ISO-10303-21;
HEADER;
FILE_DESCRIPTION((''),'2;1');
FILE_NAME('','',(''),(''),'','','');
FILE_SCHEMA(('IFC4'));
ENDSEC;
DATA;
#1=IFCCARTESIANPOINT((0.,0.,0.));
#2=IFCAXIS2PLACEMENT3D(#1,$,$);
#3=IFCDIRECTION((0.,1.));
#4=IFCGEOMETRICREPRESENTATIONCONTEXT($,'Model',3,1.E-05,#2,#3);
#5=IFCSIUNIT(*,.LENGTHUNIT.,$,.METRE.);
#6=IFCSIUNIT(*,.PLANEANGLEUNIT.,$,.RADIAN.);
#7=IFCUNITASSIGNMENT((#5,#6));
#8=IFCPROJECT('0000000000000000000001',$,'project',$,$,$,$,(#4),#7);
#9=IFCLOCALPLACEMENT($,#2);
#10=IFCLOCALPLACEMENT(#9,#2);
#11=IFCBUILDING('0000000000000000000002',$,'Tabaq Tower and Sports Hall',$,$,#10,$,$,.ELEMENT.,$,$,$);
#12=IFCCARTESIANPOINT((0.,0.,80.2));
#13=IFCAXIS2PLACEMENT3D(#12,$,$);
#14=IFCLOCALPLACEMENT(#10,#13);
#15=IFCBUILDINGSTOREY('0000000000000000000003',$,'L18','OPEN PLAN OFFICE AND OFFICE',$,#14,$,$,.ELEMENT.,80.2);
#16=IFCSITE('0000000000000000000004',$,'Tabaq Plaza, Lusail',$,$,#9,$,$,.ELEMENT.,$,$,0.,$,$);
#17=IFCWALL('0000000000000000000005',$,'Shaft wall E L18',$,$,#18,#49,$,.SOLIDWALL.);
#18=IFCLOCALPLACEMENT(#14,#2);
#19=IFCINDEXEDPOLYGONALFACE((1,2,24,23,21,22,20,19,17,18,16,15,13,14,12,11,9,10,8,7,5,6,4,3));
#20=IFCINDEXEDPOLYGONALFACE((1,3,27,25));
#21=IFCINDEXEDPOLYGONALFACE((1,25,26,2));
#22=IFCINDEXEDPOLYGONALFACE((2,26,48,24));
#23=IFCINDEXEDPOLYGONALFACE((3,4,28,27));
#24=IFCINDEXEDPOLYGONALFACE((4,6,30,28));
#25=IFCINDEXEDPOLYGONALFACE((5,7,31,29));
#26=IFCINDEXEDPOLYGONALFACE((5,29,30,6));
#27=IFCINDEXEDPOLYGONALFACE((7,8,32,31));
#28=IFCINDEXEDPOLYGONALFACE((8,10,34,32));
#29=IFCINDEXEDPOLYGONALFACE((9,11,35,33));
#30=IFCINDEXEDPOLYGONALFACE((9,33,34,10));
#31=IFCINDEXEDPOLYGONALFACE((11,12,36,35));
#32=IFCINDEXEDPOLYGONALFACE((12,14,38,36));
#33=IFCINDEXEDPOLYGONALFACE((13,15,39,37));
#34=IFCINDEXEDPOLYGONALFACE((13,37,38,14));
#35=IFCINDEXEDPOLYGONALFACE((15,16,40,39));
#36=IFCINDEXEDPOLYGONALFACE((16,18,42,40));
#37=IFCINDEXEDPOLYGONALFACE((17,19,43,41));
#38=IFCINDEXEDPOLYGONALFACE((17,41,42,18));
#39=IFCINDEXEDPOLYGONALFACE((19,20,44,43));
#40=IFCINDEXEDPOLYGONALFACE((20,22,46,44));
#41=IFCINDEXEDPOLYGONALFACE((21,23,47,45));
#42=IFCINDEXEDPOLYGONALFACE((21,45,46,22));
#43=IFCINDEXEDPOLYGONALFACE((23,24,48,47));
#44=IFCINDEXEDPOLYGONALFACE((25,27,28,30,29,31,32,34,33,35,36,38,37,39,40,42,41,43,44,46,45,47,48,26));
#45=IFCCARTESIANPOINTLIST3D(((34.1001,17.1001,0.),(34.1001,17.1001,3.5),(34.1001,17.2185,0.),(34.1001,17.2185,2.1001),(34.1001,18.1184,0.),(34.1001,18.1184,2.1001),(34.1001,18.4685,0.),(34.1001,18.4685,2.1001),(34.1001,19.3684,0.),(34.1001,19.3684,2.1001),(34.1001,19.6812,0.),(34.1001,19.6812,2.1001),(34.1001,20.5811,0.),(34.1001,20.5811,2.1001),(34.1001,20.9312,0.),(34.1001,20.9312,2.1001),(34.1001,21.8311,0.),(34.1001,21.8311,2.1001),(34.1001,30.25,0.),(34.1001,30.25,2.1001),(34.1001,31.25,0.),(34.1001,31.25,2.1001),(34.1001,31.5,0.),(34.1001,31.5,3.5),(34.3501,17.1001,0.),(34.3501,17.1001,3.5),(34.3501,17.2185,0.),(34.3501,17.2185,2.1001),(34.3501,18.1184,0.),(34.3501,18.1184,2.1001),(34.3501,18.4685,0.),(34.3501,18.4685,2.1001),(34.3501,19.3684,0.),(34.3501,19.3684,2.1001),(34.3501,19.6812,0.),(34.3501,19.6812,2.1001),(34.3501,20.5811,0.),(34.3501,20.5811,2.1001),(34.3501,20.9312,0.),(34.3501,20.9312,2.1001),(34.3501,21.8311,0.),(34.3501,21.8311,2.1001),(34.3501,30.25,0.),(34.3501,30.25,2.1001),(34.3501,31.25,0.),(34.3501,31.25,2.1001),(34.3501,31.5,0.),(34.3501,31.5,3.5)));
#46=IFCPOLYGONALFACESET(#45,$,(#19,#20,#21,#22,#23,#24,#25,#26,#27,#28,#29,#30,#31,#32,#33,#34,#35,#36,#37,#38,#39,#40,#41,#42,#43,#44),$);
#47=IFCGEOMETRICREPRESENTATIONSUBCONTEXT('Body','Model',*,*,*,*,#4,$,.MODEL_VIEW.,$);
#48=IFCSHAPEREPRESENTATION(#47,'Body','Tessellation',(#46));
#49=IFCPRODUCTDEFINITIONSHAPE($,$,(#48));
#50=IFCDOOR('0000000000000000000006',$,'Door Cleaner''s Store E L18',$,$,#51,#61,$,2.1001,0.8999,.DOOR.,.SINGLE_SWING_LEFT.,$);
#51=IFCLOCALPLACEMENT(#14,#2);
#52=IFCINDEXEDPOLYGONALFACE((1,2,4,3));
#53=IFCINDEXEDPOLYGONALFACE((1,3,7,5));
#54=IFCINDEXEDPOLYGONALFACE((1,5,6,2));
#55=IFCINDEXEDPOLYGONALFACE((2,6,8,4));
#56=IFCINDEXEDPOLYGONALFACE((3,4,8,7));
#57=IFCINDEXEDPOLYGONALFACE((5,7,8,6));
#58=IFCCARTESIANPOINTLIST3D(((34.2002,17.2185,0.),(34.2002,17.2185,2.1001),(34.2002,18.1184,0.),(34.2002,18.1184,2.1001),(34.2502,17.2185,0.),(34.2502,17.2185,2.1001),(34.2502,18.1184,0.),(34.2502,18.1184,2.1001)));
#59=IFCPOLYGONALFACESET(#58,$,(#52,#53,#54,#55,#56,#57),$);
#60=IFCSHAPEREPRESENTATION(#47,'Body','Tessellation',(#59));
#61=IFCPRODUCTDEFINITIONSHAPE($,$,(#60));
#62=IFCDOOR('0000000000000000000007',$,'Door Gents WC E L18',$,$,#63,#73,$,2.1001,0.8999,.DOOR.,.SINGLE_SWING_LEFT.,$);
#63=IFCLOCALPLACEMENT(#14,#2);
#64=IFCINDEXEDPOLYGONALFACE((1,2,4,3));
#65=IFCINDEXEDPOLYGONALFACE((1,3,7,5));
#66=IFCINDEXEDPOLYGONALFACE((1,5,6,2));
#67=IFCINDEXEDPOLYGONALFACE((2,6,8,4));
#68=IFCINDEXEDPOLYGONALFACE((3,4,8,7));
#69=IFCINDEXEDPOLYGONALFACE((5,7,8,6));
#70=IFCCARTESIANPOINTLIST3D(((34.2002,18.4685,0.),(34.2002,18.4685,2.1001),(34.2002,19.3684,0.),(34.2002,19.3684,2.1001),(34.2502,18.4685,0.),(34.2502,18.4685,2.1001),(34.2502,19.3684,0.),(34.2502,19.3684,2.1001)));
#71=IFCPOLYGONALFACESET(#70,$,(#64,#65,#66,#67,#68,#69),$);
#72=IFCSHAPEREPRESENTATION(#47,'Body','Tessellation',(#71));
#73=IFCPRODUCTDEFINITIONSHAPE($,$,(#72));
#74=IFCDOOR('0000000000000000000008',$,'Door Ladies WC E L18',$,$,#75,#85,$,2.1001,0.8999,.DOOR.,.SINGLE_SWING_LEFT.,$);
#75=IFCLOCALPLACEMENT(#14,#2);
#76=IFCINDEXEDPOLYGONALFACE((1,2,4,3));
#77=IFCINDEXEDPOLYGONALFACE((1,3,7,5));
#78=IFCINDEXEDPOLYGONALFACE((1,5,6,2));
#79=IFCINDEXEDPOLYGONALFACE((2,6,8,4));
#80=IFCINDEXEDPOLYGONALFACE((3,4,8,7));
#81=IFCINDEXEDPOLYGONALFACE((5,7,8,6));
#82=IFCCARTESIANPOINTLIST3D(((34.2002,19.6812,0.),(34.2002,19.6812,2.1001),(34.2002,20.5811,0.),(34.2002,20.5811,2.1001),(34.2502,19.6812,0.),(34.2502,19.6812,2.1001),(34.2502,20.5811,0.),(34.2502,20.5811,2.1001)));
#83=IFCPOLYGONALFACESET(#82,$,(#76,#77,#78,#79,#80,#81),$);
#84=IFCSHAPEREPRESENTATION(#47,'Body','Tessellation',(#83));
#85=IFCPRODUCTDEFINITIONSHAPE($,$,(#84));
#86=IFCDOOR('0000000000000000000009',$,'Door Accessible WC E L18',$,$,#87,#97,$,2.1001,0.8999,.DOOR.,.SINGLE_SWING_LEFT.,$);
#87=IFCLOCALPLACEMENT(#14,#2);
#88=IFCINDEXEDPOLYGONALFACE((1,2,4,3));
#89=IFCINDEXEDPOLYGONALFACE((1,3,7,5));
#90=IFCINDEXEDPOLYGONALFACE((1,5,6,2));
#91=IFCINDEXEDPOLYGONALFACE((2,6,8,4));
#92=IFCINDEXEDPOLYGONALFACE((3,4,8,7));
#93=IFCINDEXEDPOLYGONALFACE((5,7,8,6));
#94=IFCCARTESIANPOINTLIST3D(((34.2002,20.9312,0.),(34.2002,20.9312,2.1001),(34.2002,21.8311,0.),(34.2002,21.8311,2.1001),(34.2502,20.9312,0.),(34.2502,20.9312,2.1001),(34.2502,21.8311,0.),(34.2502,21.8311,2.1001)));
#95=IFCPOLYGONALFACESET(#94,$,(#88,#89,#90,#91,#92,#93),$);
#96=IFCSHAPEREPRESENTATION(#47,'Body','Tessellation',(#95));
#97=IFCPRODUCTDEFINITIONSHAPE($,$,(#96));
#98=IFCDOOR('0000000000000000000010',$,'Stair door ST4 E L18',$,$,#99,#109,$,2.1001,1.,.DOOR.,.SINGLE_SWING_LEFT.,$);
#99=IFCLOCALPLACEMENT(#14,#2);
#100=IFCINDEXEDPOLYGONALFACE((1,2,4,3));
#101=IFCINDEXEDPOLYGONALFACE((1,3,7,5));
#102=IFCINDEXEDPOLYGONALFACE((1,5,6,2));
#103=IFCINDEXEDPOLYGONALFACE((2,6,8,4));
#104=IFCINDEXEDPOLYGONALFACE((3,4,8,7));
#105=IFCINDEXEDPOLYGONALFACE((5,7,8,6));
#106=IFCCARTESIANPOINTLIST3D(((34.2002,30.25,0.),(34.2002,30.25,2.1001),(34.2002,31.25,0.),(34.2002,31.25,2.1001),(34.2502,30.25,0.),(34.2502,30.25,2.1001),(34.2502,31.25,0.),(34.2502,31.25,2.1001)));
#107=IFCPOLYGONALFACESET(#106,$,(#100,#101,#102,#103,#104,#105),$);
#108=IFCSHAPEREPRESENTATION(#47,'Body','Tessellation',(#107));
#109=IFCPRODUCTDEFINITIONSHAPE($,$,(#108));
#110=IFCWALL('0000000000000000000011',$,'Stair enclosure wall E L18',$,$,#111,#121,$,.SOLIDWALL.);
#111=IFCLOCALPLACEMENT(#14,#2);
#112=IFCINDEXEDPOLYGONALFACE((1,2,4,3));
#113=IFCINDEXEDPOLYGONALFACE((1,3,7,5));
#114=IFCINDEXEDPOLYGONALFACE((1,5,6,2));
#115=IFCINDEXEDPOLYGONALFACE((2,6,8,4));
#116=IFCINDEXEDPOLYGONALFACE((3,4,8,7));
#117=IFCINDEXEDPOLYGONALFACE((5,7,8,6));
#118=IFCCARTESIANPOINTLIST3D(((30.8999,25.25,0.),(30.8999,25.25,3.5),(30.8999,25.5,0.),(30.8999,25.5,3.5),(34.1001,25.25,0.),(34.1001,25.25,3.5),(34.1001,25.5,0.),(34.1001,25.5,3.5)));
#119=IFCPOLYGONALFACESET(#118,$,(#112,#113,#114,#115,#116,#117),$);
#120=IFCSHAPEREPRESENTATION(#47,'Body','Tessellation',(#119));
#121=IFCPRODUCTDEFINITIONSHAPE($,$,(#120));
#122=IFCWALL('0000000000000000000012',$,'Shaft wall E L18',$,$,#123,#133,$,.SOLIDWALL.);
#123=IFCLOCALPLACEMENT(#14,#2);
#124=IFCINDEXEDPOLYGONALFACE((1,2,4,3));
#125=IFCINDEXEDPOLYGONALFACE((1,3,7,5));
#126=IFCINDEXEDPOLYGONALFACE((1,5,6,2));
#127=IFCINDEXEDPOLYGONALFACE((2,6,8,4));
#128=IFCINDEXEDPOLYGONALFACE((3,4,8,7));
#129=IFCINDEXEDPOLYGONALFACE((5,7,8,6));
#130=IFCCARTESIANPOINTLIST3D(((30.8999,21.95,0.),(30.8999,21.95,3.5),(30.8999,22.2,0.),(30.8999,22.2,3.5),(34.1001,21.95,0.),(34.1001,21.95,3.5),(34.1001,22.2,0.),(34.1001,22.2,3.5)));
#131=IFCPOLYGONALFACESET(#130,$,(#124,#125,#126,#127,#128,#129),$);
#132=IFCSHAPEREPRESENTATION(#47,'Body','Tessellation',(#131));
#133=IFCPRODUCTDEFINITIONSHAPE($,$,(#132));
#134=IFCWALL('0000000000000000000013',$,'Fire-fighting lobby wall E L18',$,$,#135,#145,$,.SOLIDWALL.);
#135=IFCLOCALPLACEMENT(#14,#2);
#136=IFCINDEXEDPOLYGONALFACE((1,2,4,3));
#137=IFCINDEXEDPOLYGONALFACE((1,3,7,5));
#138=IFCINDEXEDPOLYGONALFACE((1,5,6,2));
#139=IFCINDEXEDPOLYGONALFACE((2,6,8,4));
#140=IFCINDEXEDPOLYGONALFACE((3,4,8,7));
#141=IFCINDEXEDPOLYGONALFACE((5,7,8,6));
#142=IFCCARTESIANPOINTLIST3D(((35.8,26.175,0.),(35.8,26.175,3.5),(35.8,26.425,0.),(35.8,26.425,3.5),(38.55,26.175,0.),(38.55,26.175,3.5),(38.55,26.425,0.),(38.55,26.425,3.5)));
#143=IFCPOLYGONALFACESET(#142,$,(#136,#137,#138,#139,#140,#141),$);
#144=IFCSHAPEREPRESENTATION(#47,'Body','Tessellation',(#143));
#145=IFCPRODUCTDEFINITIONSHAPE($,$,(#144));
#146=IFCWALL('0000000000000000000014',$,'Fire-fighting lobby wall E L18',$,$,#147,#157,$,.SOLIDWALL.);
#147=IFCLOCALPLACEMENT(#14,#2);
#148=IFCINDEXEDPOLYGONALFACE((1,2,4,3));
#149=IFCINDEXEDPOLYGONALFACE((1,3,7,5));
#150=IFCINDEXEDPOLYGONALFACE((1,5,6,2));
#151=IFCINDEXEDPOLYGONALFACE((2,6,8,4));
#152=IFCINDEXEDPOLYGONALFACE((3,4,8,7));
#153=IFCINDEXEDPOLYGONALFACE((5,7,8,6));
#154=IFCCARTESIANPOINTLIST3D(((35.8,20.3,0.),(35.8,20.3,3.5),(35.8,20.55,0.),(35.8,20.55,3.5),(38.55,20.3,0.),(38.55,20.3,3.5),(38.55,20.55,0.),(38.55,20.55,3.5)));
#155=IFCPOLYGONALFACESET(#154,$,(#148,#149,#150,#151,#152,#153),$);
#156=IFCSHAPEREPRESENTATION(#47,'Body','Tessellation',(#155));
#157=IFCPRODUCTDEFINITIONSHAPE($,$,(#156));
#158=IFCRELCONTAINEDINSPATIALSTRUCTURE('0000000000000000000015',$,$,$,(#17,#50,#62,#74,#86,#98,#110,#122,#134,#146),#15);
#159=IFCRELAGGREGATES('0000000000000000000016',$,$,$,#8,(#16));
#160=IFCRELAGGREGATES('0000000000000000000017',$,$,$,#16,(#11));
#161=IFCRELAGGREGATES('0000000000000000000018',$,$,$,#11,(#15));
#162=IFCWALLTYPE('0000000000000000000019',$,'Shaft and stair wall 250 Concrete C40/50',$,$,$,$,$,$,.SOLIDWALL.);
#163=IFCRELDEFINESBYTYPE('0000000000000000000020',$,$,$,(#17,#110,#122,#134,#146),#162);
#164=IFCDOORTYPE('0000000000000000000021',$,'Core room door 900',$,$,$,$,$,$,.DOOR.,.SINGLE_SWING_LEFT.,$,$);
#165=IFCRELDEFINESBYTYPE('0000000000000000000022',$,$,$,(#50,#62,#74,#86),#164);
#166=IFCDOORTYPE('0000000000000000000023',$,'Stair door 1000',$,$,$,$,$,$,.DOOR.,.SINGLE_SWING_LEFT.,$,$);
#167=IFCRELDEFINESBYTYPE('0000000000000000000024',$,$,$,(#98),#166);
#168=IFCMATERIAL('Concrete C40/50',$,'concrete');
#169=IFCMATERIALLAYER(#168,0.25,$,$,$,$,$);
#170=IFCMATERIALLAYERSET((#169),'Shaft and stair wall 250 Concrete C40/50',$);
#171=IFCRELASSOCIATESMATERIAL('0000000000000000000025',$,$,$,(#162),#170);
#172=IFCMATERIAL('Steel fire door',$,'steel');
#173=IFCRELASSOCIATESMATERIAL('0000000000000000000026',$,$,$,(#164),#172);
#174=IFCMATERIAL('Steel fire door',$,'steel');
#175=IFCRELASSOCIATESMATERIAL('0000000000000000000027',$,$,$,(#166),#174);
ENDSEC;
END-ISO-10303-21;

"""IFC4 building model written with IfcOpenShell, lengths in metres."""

from ifc_helpers import new_model, si_unit, direction, frame, frame_2d, origin, place, context, subcontext, project, spatial, rectangle, extrude, material, layer, layer_set, type_object, element, fill, save


model = new_model("IFC4")

# Units and contexts
model_context = context("Model", 3, precision=1e-05, world=origin(), true_north=direction((0.0, 1.0)))
body_context = subcontext(model_context, "Body", "Model", "MODEL_VIEW")
ifc_project = project(units=[si_unit("LENGTHUNIT", "METRE"), si_unit("PLANEANGLEUNIT", "RADIAN")], contexts=[model_context])

# Site, building, storey
site_placement = place(None, origin())
site = spatial("IfcSite", under=ifc_project, at=site_placement, Name="Tabaq Plaza, Lusail", CompositionType="ELEMENT", RefElevation=0.0)
building_placement = place(site_placement, origin())
building = spatial("IfcBuilding", under=site, at=building_placement, Name="Tabaq Tower and Sports Hall", CompositionType="ELEMENT")
storey_placement = place(building_placement, frame((0.0, 0.0, 80.2)))
storey = spatial("IfcBuildingStorey", under=building, at=storey_placement, Name="L18", Description="OPEN PLAN OFFICE AND OFFICE", CompositionType="ELEMENT", Elevation=80.2)

# Wall, openings, doors
ifc_material_1 = material(Name="Concrete C40/50", Category="concrete")
ifc_layer_1 = layer(ifc_material_1, 0.25)
ifc_layer_set_1 = layer_set([ifc_layer_1], Name="Shaft and stair wall 250 Concrete C40/50")
wall_type_1 = type_object("IfcWallType", Name="Shaft and stair wall 250 Concrete C40/50", PredefinedType="SOLIDWALL", material=ifc_layer_set_1)
wall_1_placement = place(storey_placement, frame((34.2251, 17.1001, 0.0), z_axis=(0.0, 0.0, 1.0), x_axis=(0.0, 1.0, 0.0)))
wall_1 = element("IfcWall", 1, at=wall_1_placement, inside=storey, type_object=wall_type_1, Name="Shaft wall E L18", PredefinedType="SOLIDWALL", context=body_context, shape_type="SweptSolid", body=[
    extrude(rectangle(XDim=14.3999, YDim=0.25, at=frame_2d((7.2, 0.0))), origin(), (0.0, 0.0, 1.0), 3.5),
])
opening_1_placement = place(wall_1_placement, frame((13.1499, 0.0, 0.0)))
opening_1 = element("IfcOpeningElement", 2, at=opening_1_placement, cuts=wall_1, PredefinedType="OPENING", context=body_context, shape_type="SweptSolid", body=[
    extrude(rectangle(XDim=1.0, YDim=2.1001, at=frame_2d((0.5, 1.05))), frame((0.0, 0.125, 0.0), z_axis=(0.0, -1.0, 0.0), x_axis=(1.0, 0.0, 0.0)), (0.0, 0.0, 1.0), 0.25),
])
opening_2_placement = place(wall_1_placement, frame((0.1184, 0.0, 0.0)))
opening_2 = element("IfcOpeningElement", 3, at=opening_2_placement, cuts=wall_1, PredefinedType="OPENING", context=body_context, shape_type="SweptSolid", body=[
    extrude(rectangle(XDim=0.8999, YDim=2.1001, at=frame_2d((0.45, 1.05))), frame((0.0, 0.125, 0.0), z_axis=(0.0, -1.0, 0.0), x_axis=(1.0, 0.0, 0.0)), (0.0, 0.0, 1.0), 0.25),
])
opening_3_placement = place(wall_1_placement, frame((1.3684, 0.0, 0.0)))
opening_3 = element("IfcOpeningElement", 4, at=opening_3_placement, cuts=wall_1, PredefinedType="OPENING", context=body_context, shape_type="SweptSolid", body=[
    extrude(rectangle(XDim=0.8999, YDim=2.1001, at=frame_2d((0.45, 1.05))), frame((0.0, 0.125, 0.0), z_axis=(0.0, -1.0, 0.0), x_axis=(1.0, 0.0, 0.0)), (0.0, 0.0, 1.0), 0.25),
])
opening_4_placement = place(wall_1_placement, frame((2.5811, 0.0, 0.0)))
opening_4 = element("IfcOpeningElement", 5, at=opening_4_placement, cuts=wall_1, PredefinedType="OPENING", context=body_context, shape_type="SweptSolid", body=[
    extrude(rectangle(XDim=0.8999, YDim=2.1001, at=frame_2d((0.45, 1.05))), frame((0.0, 0.125, 0.0), z_axis=(0.0, -1.0, 0.0), x_axis=(1.0, 0.0, 0.0)), (0.0, 0.0, 1.0), 0.25),
])
opening_5_placement = place(wall_1_placement, frame((3.8311, 0.0, 0.0)))
opening_5 = element("IfcOpeningElement", 6, at=opening_5_placement, cuts=wall_1, PredefinedType="OPENING", context=body_context, shape_type="SweptSolid", body=[
    extrude(rectangle(XDim=0.8999, YDim=2.1001, at=frame_2d((0.45, 1.05))), frame((0.0, 0.125, 0.0), z_axis=(0.0, -1.0, 0.0), x_axis=(1.0, 0.0, 0.0)), (0.0, 0.0, 1.0), 0.25),
])
ifc_material_2 = material(Name="Steel fire door", Category="steel")
door_type_1 = type_object("IfcDoorType", Name="Core room door 900", OperationType="SINGLE_SWING_LEFT", PredefinedType="DOOR", material=ifc_material_2)
door_1_placement = place(opening_2_placement, origin())
door_1 = element("IfcDoor", 7, at=door_1_placement, inside=storey, type_object=door_type_1, Name="Door Cleaner's Store E L18", OperationType="SINGLE_SWING_LEFT", OverallHeight=2.1001, OverallWidth=0.8999, PredefinedType="DOOR", context=body_context, shape_type="SweptSolid", body=[
    extrude(rectangle(XDim=0.8999, YDim=2.1001, at=frame_2d((0.45, 1.05))), frame((0.0, 0.0249, 0.0), z_axis=(0.0, -1.0, 0.0), x_axis=(1.0, 0.0, 0.0)), (0.0, 0.0, 1.0), 0.05),
])
fill(opening_2, door_1)
door_2_placement = place(opening_3_placement, origin())
door_2 = element("IfcDoor", 8, at=door_2_placement, inside=storey, type_object=door_type_1, Name="Door Gents WC E L18", OperationType="SINGLE_SWING_LEFT", OverallHeight=2.1001, OverallWidth=0.8999, PredefinedType="DOOR", context=body_context, shape_type="SweptSolid", body=[
    extrude(rectangle(XDim=0.8999, YDim=2.1001, at=frame_2d((0.45, 1.05))), frame((0.0, 0.0249, 0.0), z_axis=(0.0, -1.0, 0.0), x_axis=(1.0, 0.0, 0.0)), (0.0, 0.0, 1.0), 0.05),
])
fill(opening_3, door_2)
door_3_placement = place(opening_4_placement, origin())
door_3 = element("IfcDoor", 9, at=door_3_placement, inside=storey, type_object=door_type_1, Name="Door Ladies WC E L18", OperationType="SINGLE_SWING_LEFT", OverallHeight=2.1001, OverallWidth=0.8999, PredefinedType="DOOR", context=body_context, shape_type="SweptSolid", body=[
    extrude(rectangle(XDim=0.8999, YDim=2.1001, at=frame_2d((0.45, 1.05))), frame((0.0, 0.0249, 0.0), z_axis=(0.0, -1.0, 0.0), x_axis=(1.0, 0.0, 0.0)), (0.0, 0.0, 1.0), 0.05),
])
fill(opening_4, door_3)
door_4_placement = place(opening_5_placement, origin())
door_4 = element("IfcDoor", 10, at=door_4_placement, inside=storey, type_object=door_type_1, Name="Door Accessible WC E L18", OperationType="SINGLE_SWING_LEFT", OverallHeight=2.1001, OverallWidth=0.8999, PredefinedType="DOOR", context=body_context, shape_type="SweptSolid", body=[
    extrude(rectangle(XDim=0.8999, YDim=2.1001, at=frame_2d((0.45, 1.05))), frame((0.0, 0.0249, 0.0), z_axis=(0.0, -1.0, 0.0), x_axis=(1.0, 0.0, 0.0)), (0.0, 0.0, 1.0), 0.05),
])
fill(opening_5, door_4)
ifc_material_3 = material(Name="Steel fire door", Category="steel")
door_type_2 = type_object("IfcDoorType", Name="Stair door 1000", OperationType="SINGLE_SWING_LEFT", PredefinedType="DOOR", material=ifc_material_3)
door_5_placement = place(opening_1_placement, origin())
door_5 = element("IfcDoor", 11, at=door_5_placement, inside=storey, type_object=door_type_2, Name="Stair door ST4 E L18", OperationType="SINGLE_SWING_LEFT", OverallHeight=2.1001, OverallWidth=1.0, PredefinedType="DOOR", context=body_context, shape_type="SweptSolid", body=[
    extrude(rectangle(XDim=1.0, YDim=2.1001, at=frame_2d((0.5, 1.05))), frame((0.0, 0.0249, 0.0), z_axis=(0.0, -1.0, 0.0), x_axis=(1.0, 0.0, 0.0)), (0.0, 0.0, 1.0), 0.05),
])
fill(opening_1, door_5)

# Walls
for number, where, z_axis, x_axis, name in (
    (12, (30.8999, 25.375, 0.0), (0.0, 0.0, 1.0), (1.0, 0.0, 0.0), "Stair enclosure wall E L18"),
    (13, (30.8999, 22.075, 0.0), (0.0, 0.0, 1.0), (1.0, 0.0, 0.0), "Shaft wall E L18"),
):
    element("IfcWall", number, at=place(storey_placement, frame(where, z_axis=z_axis, x_axis=x_axis)), inside=storey, type_object=wall_type_1, Name=name, PredefinedType="SOLIDWALL", context=body_context, shape_type="SweptSolid", body=[
        extrude(rectangle(XDim=3.2002, YDim=0.25, at=frame_2d((1.6001, 0.0))), origin(), (0.0, 0.0, 1.0), 3.5),
    ])
for number, where, z_axis, x_axis, name in (
    (14, (35.8, 26.3, 0.0), (0.0, 0.0, 1.0), (1.0, 0.0, 0.0), "Fire-fighting lobby wall E L18"),
    (15, (35.8, 20.425, 0.0), (0.0, 0.0, 1.0), (1.0, 0.0, 0.0), "Fire-fighting lobby wall E L18"),
):
    element("IfcWall", number, at=place(storey_placement, frame(where, z_axis=z_axis, x_axis=x_axis)), inside=storey, type_object=wall_type_1, Name=name, PredefinedType="SOLIDWALL", context=body_context, shape_type="SweptSolid", body=[
        extrude(rectangle(XDim=2.75, YDim=0.25, at=frame_2d((1.375, 0.0))), origin(), (0.0, 0.0, 1.0), 3.5),
    ])

save(model, "model.ifc")
